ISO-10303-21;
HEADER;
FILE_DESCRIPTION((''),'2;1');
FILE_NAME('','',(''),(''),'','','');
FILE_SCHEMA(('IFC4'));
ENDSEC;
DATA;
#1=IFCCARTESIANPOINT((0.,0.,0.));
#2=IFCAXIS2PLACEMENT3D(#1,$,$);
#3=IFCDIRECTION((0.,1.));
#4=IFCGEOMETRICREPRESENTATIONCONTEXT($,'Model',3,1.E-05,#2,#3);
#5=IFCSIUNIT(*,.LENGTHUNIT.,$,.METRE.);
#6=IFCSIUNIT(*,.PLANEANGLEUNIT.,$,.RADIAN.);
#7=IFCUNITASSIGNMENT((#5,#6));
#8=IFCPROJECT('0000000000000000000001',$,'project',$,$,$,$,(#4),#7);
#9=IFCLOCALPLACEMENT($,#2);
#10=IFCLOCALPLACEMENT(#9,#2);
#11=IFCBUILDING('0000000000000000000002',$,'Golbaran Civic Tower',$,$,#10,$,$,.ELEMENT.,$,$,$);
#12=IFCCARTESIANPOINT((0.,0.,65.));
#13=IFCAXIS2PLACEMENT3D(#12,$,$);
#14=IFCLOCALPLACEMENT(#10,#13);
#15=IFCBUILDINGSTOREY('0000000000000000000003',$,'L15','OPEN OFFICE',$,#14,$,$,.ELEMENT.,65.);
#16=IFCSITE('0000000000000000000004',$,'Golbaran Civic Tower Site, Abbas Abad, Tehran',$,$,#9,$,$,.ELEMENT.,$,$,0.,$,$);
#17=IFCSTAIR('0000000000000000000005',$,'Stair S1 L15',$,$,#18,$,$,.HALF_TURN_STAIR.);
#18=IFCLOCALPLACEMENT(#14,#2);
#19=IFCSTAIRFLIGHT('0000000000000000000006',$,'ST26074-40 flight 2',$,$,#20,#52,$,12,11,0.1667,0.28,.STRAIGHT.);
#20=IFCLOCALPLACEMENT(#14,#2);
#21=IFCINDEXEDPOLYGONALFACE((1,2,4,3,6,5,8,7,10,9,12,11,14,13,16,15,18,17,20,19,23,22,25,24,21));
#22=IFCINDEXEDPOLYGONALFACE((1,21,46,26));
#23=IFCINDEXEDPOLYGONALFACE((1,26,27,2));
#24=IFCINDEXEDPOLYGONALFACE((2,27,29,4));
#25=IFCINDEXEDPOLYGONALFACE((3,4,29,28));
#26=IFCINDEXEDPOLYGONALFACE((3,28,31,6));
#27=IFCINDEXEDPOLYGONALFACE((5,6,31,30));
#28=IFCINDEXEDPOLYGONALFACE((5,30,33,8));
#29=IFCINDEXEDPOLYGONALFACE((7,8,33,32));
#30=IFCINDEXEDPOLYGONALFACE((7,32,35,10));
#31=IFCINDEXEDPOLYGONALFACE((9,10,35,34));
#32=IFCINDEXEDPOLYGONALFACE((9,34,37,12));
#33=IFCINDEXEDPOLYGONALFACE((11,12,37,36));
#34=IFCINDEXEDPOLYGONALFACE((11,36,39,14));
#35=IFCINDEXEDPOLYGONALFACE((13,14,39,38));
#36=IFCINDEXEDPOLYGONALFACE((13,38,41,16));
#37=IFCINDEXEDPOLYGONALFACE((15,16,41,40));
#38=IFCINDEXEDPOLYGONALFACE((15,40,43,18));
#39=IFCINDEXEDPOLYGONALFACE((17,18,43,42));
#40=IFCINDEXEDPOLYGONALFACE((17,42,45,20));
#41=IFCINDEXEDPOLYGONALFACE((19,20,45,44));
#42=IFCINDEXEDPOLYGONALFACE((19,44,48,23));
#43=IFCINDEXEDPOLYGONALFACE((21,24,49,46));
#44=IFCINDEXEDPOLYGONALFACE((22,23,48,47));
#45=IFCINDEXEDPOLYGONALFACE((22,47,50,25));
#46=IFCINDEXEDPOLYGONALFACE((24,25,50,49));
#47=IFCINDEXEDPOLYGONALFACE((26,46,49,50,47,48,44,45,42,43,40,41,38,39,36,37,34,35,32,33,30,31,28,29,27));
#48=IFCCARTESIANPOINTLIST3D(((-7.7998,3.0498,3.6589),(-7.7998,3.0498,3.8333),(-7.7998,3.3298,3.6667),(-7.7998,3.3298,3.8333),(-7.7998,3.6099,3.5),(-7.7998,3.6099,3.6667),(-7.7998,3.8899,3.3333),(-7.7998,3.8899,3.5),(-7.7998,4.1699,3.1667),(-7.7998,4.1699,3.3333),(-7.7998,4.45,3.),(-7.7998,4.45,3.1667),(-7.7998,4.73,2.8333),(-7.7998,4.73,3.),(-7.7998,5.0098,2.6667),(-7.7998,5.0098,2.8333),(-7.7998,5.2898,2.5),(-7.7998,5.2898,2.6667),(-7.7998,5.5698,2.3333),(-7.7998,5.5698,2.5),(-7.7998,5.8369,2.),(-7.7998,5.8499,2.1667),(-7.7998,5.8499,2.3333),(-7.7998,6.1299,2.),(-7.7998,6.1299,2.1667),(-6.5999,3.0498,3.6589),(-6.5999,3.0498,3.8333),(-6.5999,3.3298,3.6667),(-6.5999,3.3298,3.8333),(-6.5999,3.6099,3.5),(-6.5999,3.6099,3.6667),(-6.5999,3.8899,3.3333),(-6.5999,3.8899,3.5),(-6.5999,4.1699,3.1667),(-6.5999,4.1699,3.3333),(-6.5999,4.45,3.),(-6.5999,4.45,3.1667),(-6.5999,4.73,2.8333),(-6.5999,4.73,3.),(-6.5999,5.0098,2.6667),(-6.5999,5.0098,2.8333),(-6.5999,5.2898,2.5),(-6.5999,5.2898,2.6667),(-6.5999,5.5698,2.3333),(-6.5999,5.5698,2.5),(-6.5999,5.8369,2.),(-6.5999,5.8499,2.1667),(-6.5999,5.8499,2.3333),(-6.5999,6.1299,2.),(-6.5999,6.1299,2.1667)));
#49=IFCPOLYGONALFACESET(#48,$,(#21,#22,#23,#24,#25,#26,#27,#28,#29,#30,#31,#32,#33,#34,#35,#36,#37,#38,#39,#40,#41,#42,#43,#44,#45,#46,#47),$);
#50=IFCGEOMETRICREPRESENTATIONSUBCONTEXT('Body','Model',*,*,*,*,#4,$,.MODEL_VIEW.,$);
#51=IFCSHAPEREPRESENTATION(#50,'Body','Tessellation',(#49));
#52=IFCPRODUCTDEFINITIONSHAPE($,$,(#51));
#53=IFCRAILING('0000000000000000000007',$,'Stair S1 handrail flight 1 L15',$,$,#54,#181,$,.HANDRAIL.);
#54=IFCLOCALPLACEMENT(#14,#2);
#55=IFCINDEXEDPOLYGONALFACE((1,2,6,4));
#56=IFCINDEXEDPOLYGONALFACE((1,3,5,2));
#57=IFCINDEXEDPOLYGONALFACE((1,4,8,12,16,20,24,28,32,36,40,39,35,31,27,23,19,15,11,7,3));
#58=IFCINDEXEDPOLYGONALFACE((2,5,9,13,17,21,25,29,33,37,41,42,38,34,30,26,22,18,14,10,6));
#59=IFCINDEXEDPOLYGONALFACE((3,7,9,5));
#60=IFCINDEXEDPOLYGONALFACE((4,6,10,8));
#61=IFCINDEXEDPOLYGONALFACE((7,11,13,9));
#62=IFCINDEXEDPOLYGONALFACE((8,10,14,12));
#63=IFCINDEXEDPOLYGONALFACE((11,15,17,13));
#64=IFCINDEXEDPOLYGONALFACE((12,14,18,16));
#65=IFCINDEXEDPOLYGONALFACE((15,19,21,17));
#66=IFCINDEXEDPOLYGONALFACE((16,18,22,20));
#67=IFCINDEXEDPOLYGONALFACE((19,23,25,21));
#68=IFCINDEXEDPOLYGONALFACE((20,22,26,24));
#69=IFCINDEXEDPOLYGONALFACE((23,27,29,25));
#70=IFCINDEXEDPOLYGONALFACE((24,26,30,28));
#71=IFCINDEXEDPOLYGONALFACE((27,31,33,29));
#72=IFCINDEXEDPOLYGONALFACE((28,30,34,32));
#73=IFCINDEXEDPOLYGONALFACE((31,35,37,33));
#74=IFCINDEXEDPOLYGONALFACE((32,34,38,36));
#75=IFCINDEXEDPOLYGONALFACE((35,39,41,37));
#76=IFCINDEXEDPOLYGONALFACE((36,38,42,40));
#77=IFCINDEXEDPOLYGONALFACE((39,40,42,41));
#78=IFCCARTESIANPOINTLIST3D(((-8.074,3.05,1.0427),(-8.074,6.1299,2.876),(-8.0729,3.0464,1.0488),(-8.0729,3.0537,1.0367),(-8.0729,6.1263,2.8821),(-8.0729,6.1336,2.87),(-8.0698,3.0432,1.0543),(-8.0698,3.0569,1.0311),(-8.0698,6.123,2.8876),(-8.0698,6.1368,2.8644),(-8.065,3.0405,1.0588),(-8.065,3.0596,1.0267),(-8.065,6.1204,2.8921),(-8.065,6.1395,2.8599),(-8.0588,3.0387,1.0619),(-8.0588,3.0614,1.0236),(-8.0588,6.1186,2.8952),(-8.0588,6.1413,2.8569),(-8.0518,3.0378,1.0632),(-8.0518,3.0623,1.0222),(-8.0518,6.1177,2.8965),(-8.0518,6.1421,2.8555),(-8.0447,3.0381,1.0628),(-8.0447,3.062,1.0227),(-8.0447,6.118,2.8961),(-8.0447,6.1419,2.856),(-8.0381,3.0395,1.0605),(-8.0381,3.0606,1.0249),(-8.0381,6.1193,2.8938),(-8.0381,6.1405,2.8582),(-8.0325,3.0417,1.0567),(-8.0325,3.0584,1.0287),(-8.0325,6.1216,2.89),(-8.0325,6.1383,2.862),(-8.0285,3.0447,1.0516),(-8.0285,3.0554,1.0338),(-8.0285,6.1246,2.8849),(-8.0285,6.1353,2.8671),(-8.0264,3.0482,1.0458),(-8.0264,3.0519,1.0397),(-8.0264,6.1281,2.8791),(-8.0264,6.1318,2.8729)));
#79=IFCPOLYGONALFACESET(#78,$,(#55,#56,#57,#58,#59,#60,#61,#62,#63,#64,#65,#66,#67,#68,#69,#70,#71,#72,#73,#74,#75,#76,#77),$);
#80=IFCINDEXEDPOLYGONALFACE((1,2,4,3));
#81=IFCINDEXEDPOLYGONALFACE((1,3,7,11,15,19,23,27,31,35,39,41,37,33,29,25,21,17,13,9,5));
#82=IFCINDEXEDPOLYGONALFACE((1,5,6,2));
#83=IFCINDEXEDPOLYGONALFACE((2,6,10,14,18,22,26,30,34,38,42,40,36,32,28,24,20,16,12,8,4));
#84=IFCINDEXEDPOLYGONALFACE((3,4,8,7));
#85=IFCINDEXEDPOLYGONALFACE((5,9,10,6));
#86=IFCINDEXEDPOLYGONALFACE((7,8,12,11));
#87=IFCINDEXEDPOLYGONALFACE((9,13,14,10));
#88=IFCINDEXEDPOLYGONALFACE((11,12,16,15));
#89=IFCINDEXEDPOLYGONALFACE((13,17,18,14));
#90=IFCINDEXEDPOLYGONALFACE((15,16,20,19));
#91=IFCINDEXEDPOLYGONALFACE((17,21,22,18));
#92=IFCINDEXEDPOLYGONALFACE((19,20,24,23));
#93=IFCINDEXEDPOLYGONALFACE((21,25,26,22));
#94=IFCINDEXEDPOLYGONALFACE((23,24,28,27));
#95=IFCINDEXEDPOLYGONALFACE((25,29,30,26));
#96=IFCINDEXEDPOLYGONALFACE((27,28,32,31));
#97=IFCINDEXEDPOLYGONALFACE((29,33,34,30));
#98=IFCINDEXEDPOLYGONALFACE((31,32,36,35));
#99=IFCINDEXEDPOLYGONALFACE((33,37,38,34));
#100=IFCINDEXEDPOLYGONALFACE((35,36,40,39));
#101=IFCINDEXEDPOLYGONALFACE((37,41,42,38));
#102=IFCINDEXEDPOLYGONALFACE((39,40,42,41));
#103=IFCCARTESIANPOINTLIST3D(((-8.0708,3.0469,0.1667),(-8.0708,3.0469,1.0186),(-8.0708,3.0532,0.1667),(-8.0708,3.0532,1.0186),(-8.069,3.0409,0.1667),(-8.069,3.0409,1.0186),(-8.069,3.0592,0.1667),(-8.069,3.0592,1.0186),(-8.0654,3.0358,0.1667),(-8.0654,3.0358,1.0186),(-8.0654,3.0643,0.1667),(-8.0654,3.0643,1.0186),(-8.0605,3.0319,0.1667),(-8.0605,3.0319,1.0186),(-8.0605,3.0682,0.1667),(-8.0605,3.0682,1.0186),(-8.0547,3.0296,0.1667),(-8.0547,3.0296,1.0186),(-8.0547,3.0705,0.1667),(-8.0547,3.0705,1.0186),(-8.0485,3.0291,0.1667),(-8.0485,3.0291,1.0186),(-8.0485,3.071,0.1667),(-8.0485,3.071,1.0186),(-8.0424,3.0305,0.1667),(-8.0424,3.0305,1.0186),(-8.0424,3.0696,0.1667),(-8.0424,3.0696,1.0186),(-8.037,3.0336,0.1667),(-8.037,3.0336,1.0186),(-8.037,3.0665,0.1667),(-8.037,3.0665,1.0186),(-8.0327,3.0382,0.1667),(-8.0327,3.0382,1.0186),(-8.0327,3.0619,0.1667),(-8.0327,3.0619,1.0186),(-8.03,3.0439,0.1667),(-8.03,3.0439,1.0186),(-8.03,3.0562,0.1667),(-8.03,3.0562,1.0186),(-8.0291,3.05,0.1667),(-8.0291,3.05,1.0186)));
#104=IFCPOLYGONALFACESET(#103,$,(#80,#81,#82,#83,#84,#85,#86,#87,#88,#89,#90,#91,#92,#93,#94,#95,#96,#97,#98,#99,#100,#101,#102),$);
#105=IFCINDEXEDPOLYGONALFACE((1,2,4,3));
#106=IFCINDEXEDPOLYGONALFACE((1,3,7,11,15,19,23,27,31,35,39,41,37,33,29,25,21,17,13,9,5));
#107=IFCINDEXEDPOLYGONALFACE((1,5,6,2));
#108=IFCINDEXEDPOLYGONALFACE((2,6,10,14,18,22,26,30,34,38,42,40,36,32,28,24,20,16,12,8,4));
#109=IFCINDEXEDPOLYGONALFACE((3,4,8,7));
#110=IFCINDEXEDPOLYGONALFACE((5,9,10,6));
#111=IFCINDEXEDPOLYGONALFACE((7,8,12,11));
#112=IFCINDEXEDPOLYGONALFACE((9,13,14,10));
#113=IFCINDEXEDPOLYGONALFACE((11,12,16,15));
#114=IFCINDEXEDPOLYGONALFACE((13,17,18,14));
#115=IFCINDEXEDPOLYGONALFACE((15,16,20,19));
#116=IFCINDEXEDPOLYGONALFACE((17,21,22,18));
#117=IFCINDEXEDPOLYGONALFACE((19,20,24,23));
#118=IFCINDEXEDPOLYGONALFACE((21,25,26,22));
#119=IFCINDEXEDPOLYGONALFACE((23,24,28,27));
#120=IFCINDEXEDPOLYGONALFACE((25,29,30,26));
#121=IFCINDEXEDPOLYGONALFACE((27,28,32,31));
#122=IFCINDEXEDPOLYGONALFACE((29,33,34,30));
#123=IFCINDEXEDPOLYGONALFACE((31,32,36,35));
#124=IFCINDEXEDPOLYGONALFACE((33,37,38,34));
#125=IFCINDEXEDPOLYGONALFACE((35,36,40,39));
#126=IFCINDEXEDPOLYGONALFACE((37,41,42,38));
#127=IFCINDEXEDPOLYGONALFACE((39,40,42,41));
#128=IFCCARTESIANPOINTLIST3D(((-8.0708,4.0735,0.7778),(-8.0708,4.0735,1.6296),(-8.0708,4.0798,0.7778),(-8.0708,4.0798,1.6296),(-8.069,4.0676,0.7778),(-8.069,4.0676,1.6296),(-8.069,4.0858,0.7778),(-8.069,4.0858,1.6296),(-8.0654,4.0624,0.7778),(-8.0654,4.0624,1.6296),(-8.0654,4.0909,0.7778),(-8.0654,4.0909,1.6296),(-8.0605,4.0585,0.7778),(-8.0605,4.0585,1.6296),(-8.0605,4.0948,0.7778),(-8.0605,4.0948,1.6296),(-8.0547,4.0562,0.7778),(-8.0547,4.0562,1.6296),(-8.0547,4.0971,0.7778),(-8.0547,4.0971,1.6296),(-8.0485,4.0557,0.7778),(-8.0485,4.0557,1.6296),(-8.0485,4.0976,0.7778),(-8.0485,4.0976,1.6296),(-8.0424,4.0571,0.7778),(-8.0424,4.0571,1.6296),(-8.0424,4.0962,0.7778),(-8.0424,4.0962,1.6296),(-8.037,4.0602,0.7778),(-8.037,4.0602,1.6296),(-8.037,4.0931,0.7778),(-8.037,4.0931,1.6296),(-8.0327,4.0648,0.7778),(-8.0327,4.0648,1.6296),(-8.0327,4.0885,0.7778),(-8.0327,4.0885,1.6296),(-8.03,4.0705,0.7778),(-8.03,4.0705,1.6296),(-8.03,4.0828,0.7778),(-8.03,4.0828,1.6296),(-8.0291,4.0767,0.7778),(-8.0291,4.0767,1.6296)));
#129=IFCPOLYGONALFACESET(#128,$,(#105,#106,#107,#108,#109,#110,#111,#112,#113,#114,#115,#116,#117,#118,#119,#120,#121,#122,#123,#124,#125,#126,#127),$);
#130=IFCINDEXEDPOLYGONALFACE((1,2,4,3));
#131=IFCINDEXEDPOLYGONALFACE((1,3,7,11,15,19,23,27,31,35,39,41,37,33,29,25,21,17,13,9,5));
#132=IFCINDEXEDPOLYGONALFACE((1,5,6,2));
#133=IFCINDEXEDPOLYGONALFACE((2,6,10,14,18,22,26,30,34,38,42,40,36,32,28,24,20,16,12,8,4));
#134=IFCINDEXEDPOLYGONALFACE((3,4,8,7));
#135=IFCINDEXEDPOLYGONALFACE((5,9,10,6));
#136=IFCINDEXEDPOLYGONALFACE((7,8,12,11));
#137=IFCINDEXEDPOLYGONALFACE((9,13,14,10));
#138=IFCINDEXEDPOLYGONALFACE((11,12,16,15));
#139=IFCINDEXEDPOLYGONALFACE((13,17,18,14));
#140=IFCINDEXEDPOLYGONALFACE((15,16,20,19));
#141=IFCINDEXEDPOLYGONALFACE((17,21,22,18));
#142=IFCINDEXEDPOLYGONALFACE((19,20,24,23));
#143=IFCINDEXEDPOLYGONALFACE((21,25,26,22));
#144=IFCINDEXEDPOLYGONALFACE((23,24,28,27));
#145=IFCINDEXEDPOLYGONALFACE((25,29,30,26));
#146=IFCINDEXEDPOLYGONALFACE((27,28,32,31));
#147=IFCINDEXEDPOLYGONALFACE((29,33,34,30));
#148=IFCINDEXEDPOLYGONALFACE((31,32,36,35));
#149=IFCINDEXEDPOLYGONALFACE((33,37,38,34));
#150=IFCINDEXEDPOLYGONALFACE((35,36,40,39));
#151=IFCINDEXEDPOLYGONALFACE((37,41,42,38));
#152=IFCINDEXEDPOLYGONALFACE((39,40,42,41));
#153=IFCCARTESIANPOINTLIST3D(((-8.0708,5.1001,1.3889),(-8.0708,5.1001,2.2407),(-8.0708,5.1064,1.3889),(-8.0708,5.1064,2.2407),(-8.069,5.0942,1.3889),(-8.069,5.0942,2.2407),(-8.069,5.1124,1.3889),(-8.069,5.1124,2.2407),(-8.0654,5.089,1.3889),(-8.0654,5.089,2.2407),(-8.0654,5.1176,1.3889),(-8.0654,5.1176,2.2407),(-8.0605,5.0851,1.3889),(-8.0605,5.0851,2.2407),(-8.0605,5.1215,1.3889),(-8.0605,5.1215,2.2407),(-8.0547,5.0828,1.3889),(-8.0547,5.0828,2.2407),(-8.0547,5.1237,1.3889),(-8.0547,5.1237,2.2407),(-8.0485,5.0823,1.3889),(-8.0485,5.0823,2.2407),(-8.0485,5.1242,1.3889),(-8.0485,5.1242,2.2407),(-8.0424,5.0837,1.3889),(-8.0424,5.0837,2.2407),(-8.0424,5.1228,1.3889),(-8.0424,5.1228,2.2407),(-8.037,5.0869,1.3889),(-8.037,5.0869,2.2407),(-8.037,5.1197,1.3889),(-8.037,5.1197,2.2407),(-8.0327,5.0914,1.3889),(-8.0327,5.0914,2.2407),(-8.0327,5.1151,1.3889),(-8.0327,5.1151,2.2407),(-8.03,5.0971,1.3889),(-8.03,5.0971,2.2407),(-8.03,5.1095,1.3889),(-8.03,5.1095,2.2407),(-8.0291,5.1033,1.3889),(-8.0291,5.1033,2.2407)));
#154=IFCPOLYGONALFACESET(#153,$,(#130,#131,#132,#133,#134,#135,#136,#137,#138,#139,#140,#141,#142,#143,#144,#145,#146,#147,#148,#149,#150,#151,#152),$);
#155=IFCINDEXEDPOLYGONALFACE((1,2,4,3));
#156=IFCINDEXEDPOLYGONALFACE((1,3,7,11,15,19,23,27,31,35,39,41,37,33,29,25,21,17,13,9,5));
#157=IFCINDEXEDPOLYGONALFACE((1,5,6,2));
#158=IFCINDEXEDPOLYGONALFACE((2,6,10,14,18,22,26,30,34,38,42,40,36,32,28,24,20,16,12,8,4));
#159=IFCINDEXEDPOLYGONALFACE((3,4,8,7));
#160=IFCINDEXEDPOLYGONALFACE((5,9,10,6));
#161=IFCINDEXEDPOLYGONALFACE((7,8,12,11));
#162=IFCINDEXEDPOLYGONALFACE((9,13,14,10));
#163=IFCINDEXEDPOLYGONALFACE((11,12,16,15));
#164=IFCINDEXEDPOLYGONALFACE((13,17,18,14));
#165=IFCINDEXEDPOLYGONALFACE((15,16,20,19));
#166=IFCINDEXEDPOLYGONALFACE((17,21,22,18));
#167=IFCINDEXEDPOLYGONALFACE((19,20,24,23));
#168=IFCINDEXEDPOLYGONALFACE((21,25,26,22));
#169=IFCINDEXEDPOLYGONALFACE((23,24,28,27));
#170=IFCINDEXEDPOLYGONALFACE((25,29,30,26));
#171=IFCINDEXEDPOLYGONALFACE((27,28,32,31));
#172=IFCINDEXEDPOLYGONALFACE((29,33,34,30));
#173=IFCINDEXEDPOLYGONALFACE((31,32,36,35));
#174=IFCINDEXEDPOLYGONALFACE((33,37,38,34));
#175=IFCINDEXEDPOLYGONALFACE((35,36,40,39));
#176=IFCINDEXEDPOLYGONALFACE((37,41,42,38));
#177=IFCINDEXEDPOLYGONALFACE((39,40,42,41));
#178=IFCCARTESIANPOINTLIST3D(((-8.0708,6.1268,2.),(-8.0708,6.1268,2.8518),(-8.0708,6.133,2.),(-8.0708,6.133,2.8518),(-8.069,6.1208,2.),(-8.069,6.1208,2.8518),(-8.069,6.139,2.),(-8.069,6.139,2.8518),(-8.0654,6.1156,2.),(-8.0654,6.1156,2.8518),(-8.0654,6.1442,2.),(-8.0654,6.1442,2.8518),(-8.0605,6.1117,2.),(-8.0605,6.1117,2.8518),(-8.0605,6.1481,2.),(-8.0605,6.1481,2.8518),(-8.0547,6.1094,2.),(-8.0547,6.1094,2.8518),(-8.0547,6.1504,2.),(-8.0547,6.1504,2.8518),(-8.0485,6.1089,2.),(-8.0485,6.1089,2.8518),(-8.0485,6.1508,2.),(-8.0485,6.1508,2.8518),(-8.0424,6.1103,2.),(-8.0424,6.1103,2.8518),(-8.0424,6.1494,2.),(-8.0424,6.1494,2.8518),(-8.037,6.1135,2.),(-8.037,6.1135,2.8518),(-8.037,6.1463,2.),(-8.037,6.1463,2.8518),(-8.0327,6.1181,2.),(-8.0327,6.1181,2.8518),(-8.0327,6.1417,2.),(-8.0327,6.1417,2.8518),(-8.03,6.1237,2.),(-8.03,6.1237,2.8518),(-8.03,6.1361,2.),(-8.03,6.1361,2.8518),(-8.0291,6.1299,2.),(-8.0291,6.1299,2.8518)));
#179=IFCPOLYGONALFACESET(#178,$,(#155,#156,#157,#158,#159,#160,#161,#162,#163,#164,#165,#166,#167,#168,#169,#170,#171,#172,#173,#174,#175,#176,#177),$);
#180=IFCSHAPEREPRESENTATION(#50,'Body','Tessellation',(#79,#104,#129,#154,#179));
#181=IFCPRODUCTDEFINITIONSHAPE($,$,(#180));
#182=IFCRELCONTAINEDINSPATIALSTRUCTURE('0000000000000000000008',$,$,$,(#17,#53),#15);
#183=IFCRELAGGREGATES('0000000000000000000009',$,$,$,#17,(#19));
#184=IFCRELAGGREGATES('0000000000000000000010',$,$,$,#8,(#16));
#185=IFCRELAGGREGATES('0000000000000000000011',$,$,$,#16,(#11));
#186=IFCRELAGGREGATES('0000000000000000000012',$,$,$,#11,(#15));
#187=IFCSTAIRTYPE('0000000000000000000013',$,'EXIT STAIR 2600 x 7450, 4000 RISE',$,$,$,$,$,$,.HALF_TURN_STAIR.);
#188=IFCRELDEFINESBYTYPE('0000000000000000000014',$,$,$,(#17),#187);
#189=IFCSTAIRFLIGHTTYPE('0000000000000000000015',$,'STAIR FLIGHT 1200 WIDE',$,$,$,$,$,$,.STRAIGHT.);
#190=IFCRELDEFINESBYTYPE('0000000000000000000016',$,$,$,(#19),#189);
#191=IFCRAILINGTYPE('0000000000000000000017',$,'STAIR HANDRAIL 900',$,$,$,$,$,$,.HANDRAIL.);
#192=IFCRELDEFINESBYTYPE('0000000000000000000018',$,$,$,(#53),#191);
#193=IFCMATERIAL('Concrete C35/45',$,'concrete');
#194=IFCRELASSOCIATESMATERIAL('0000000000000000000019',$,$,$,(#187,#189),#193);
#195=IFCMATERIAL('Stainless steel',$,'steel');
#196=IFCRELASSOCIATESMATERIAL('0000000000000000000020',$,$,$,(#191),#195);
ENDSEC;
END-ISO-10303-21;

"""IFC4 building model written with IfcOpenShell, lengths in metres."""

from ifc_helpers import new_model, si_unit, direction, frame, origin, origin_2d, place, context, subcontext, project, spatial, polyline, circle, outline, extrude, material, type_object, element, aggregate, save


model = new_model("IFC4")

# Units and contexts
model_context = context("Model", 3, precision=1e-05, world=origin(), true_north=direction((0.0, 1.0)))
body_context = subcontext(model_context, "Body", "Model", "MODEL_VIEW")
ifc_project = project(units=[si_unit("LENGTHUNIT", "METRE"), si_unit("PLANEANGLEUNIT", "RADIAN")], contexts=[model_context])

# Site, building, storey
site_placement = place(None, origin())
site = spatial("IfcSite", under=ifc_project, at=site_placement, Name="Golbaran Civic Tower Site, Abbas Abad, Tehran", CompositionType="ELEMENT", RefElevation=0.0)
building_placement = place(site_placement, origin())
building = spatial("IfcBuilding", under=site, at=building_placement, Name="Golbaran Civic Tower", CompositionType="ELEMENT")
storey_placement = place(building_placement, frame((0.0, 0.0, 65.0)))
storey = spatial("IfcBuildingStorey", under=building, at=storey_placement, Name="L15", Description="OPEN OFFICE", CompositionType="ELEMENT", Elevation=65.0)

# Shared definitions
ifc_material_1 = material(Name="Concrete C35/45", Category="concrete")
stair_type_1 = type_object("IfcStairType", Name="EXIT STAIR 2600 x 7450, 4000 RISE", PredefinedType="HALF_TURN_STAIR", material=ifc_material_1)

# Shared definitions
ifc_material_2 = material(Name="Stainless steel", Category="steel")

# Stair, stair flight
stair_1_placement = place(storey_placement, origin())
stair_1 = element("IfcStair", 1, at=stair_1_placement, inside=storey, type_object=stair_type_1, Name="Stair S1 L15", PredefinedType="HALF_TURN_STAIR")
stair_flight_type = type_object("IfcStairFlightType", Name="STAIR FLIGHT 1200 WIDE", PredefinedType="STRAIGHT", material=ifc_material_1)
stair_flight_placement = place(storey_placement, frame((-7.2, 6.1299, 2.0), z_axis=(0.0, 0.0, 1.0), x_axis=(0.0, -1.0, 0.0)))
stair_flight = element("IfcStairFlight", 2, at=stair_flight_placement, type_object=stair_flight_type, Name="ST26074-40 flight 2", NumberOfRisers=12, NumberOfTreads=11, PredefinedType="STRAIGHT", RiserHeight=0.1667, TreadLength=0.28, context=body_context, shape_type="SweptSolid", body=[
    extrude(outline(polyline([(0.0, 0.0), (0.0, 0.1667), (0.28, 0.1667), (0.28, 0.3333), (0.5601, 0.3333), (0.5601, 0.5), (0.8401, 0.5), (0.8401, 0.6667), (1.1201, 0.6667), (1.1201, 0.8333), (1.3999, 0.8333), (1.3999, 1.0), (1.6799, 1.0), (1.6799, 1.1667), (1.96, 1.1667), (1.96, 1.3333), (2.24, 1.3333), (2.24, 1.5), (2.52, 1.5), (2.52, 1.6667), (2.8, 1.6667), (2.8, 1.8333), (3.0801, 1.8333), (3.0801, 2.0), (3.0801, 1.6589), (0.293, 0.0), (0.0, 0.0)])), frame((0.0, 0.6001, 0.0), z_axis=(0.0, -1.0, 0.0), x_axis=(1.0, 0.0, 0.0)), (0.0, 0.0, 1.0), 1.2),
])
aggregate(stair_1, [stair_flight])

# Railing
railing_type = type_object("IfcRailingType", Name="STAIR HANDRAIL 900", PredefinedType="HANDRAIL", material=ifc_material_2)
railing_1_placement = place(storey_placement, frame((-8.05, 3.05, 0.1667)))
element("IfcRailing", 3, at=railing_1_placement, inside=storey, type_object=railing_type, Name="Stair S1 handrail flight 1 L15", PredefinedType="HANDRAIL", context=body_context, shape_type="SweptSolid", body=[
    extrude(circle(Radius=0.0239, at=origin_2d()), frame((0.0, 0.0, 0.876), z_axis=(0.0, 0.859291, 0.511487), x_axis=(-1.0, 0.0, 0.0)), (0.0, 0.0, 1.0), 3.5842),
    extrude(circle(Radius=0.021, at=origin_2d()), origin(), (0.0, 0.0, 1.0), 0.8518),
    extrude(circle(Radius=0.021, at=origin_2d()), frame((0.0, 1.0266, 0.6111)), (0.0, 0.0, 1.0), 0.8518),
    extrude(circle(Radius=0.021, at=origin_2d()), frame((0.0, 2.0532, 1.2222)), (0.0, 0.0, 1.0), 0.8518),
    extrude(circle(Radius=0.021, at=origin_2d()), frame((0.0, 3.0798, 1.8333)), (0.0, 0.0, 1.0), 0.8518),
])

save(model, "model.ifc")
